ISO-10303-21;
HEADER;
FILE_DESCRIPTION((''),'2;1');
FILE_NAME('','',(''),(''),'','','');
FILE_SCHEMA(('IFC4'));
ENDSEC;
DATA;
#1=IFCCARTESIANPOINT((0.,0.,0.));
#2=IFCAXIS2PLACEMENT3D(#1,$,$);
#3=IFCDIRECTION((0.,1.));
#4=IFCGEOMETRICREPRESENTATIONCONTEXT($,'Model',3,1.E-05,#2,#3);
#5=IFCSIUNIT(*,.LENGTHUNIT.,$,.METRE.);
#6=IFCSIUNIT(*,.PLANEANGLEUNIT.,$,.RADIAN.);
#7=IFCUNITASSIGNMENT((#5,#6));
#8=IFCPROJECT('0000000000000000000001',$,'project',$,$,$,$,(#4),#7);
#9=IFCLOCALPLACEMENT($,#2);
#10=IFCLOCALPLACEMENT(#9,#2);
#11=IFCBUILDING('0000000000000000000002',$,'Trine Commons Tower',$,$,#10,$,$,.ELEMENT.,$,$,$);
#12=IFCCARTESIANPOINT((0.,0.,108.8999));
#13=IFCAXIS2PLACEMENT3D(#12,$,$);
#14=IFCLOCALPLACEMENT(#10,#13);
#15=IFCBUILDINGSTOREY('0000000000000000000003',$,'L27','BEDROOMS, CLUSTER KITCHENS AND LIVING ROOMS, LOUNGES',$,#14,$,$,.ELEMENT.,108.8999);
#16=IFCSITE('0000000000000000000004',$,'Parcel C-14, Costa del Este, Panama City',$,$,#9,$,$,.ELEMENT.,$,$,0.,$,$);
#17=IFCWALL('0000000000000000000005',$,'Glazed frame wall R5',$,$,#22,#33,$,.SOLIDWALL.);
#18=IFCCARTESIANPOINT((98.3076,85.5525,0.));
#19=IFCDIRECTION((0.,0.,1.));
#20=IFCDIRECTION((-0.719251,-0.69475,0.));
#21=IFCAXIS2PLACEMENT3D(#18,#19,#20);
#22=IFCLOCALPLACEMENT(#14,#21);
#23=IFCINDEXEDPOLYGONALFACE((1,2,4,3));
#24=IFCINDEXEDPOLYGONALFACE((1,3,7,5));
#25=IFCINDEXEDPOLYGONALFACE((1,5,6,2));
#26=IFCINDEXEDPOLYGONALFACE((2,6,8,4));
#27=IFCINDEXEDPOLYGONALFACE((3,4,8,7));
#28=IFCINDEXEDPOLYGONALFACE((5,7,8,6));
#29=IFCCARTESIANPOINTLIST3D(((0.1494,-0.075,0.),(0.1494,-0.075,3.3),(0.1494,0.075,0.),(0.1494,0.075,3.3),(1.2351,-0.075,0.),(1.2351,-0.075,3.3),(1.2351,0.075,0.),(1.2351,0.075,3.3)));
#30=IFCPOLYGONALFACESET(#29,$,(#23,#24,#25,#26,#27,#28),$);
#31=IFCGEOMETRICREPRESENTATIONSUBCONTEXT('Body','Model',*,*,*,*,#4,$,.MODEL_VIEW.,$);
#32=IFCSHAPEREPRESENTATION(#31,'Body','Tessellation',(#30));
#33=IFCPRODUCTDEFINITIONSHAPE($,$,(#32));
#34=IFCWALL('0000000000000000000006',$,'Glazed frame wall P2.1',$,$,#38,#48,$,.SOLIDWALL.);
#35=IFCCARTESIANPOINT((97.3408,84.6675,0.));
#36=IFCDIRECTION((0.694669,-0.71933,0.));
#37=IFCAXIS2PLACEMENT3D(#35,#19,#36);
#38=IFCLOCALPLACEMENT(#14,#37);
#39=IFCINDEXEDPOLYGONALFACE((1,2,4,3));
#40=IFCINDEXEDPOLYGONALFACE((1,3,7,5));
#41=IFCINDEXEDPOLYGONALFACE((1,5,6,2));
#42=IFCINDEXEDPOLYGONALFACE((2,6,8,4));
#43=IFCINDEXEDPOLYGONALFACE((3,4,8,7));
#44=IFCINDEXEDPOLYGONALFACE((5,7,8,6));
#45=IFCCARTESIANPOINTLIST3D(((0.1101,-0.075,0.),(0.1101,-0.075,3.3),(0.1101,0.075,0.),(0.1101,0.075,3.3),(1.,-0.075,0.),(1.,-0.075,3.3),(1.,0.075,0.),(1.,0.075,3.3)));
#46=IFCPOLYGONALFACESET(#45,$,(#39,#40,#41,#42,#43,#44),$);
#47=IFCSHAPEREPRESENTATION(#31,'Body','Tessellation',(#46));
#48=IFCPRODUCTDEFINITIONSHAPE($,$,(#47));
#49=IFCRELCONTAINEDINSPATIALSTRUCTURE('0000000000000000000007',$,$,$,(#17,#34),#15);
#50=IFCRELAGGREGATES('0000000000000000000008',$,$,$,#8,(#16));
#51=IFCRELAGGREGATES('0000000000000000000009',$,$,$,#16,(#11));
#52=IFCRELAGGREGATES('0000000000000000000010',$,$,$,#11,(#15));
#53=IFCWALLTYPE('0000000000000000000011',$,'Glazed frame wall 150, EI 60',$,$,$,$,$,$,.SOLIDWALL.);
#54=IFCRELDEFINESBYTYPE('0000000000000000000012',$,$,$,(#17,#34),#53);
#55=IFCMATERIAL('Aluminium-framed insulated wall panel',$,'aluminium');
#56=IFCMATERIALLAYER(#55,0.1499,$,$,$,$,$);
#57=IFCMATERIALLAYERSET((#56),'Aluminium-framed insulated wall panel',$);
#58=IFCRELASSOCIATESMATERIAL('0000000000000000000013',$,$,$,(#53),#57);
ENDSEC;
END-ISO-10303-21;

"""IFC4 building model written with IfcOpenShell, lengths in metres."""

from ifc_helpers import new_model, si_unit, direction, frame, origin, place, context, subcontext, project, spatial, polyline, outline, extrude, material, layer, layer_set, type_object, element, save


model = new_model("IFC4")

# Units and contexts
model_context = context("Model", 3, precision=1e-05, world=origin(), true_north=direction((0.0, 1.0)))
body_context = subcontext(model_context, "Body", "Model", "MODEL_VIEW")
ifc_project = project(units=[si_unit("LENGTHUNIT", "METRE"), si_unit("PLANEANGLEUNIT", "RADIAN")], contexts=[model_context])

# Site, building, storey
site_placement = place(None, origin())
site = spatial("IfcSite", under=ifc_project, at=site_placement, Name="Parcel C-14, Costa del Este, Panama City", CompositionType="ELEMENT", RefElevation=0.0)
building_placement = place(site_placement, origin())
building = spatial("IfcBuilding", under=site, at=building_placement, Name="Trine Commons Tower", CompositionType="ELEMENT")
storey_placement = place(building_placement, frame((0.0, 0.0, 108.8999)))
storey = spatial("IfcBuildingStorey", under=building, at=storey_placement, Name="L27", Description="BEDROOMS, CLUSTER KITCHENS AND LIVING ROOMS, LOUNGES", CompositionType="ELEMENT", Elevation=108.8999)

# Walls
ifc_material_1 = material(Name="Aluminium-framed insulated wall panel", Category="aluminium")
ifc_layer_1 = layer(ifc_material_1, 0.1499)
ifc_layer_set_1 = layer_set([ifc_layer_1], Name="Aluminium-framed insulated wall panel")
wall_type_1 = type_object("IfcWallType", Name="Glazed frame wall 150, EI 60", PredefinedType="SOLIDWALL", material=ifc_layer_set_1)
wall_1_placement = place(storey_placement, frame((98.3076, 85.5525, 0.0), z_axis=(0.0, 0.0, 1.0), x_axis=(-0.719251, -0.69475, 0.0)))
element("IfcWall", 1, at=wall_1_placement, inside=storey, type_object=wall_type_1, Name="Glazed frame wall R5", PredefinedType="SOLIDWALL", context=body_context, shape_type="SweptSolid", body=[
    extrude(outline(polyline([(0.1494, 0.075), (0.1494, -0.075), (1.2351, -0.075), (1.2351, 0.075), (0.1494, 0.075)])), origin(), (0.0, 0.0, 1.0), 3.3),
])
wall_2_placement = place(storey_placement, frame((97.3408, 84.6675, 0.0), z_axis=(0.0, 0.0, 1.0), x_axis=(0.694669, -0.71933, 0.0)))
element("IfcWall", 2, at=wall_2_placement, inside=storey, type_object=wall_type_1, Name="Glazed frame wall P2.1", PredefinedType="SOLIDWALL", context=body_context, shape_type="SweptSolid", body=[
    extrude(outline(polyline([(0.1101, -0.075), (1.0, -0.075), (1.0, 0.075), (0.1101, 0.075), (0.1101, -0.075)])), origin(), (0.0, 0.0, 1.0), 3.3),
])

save(model, "model.ifc")
